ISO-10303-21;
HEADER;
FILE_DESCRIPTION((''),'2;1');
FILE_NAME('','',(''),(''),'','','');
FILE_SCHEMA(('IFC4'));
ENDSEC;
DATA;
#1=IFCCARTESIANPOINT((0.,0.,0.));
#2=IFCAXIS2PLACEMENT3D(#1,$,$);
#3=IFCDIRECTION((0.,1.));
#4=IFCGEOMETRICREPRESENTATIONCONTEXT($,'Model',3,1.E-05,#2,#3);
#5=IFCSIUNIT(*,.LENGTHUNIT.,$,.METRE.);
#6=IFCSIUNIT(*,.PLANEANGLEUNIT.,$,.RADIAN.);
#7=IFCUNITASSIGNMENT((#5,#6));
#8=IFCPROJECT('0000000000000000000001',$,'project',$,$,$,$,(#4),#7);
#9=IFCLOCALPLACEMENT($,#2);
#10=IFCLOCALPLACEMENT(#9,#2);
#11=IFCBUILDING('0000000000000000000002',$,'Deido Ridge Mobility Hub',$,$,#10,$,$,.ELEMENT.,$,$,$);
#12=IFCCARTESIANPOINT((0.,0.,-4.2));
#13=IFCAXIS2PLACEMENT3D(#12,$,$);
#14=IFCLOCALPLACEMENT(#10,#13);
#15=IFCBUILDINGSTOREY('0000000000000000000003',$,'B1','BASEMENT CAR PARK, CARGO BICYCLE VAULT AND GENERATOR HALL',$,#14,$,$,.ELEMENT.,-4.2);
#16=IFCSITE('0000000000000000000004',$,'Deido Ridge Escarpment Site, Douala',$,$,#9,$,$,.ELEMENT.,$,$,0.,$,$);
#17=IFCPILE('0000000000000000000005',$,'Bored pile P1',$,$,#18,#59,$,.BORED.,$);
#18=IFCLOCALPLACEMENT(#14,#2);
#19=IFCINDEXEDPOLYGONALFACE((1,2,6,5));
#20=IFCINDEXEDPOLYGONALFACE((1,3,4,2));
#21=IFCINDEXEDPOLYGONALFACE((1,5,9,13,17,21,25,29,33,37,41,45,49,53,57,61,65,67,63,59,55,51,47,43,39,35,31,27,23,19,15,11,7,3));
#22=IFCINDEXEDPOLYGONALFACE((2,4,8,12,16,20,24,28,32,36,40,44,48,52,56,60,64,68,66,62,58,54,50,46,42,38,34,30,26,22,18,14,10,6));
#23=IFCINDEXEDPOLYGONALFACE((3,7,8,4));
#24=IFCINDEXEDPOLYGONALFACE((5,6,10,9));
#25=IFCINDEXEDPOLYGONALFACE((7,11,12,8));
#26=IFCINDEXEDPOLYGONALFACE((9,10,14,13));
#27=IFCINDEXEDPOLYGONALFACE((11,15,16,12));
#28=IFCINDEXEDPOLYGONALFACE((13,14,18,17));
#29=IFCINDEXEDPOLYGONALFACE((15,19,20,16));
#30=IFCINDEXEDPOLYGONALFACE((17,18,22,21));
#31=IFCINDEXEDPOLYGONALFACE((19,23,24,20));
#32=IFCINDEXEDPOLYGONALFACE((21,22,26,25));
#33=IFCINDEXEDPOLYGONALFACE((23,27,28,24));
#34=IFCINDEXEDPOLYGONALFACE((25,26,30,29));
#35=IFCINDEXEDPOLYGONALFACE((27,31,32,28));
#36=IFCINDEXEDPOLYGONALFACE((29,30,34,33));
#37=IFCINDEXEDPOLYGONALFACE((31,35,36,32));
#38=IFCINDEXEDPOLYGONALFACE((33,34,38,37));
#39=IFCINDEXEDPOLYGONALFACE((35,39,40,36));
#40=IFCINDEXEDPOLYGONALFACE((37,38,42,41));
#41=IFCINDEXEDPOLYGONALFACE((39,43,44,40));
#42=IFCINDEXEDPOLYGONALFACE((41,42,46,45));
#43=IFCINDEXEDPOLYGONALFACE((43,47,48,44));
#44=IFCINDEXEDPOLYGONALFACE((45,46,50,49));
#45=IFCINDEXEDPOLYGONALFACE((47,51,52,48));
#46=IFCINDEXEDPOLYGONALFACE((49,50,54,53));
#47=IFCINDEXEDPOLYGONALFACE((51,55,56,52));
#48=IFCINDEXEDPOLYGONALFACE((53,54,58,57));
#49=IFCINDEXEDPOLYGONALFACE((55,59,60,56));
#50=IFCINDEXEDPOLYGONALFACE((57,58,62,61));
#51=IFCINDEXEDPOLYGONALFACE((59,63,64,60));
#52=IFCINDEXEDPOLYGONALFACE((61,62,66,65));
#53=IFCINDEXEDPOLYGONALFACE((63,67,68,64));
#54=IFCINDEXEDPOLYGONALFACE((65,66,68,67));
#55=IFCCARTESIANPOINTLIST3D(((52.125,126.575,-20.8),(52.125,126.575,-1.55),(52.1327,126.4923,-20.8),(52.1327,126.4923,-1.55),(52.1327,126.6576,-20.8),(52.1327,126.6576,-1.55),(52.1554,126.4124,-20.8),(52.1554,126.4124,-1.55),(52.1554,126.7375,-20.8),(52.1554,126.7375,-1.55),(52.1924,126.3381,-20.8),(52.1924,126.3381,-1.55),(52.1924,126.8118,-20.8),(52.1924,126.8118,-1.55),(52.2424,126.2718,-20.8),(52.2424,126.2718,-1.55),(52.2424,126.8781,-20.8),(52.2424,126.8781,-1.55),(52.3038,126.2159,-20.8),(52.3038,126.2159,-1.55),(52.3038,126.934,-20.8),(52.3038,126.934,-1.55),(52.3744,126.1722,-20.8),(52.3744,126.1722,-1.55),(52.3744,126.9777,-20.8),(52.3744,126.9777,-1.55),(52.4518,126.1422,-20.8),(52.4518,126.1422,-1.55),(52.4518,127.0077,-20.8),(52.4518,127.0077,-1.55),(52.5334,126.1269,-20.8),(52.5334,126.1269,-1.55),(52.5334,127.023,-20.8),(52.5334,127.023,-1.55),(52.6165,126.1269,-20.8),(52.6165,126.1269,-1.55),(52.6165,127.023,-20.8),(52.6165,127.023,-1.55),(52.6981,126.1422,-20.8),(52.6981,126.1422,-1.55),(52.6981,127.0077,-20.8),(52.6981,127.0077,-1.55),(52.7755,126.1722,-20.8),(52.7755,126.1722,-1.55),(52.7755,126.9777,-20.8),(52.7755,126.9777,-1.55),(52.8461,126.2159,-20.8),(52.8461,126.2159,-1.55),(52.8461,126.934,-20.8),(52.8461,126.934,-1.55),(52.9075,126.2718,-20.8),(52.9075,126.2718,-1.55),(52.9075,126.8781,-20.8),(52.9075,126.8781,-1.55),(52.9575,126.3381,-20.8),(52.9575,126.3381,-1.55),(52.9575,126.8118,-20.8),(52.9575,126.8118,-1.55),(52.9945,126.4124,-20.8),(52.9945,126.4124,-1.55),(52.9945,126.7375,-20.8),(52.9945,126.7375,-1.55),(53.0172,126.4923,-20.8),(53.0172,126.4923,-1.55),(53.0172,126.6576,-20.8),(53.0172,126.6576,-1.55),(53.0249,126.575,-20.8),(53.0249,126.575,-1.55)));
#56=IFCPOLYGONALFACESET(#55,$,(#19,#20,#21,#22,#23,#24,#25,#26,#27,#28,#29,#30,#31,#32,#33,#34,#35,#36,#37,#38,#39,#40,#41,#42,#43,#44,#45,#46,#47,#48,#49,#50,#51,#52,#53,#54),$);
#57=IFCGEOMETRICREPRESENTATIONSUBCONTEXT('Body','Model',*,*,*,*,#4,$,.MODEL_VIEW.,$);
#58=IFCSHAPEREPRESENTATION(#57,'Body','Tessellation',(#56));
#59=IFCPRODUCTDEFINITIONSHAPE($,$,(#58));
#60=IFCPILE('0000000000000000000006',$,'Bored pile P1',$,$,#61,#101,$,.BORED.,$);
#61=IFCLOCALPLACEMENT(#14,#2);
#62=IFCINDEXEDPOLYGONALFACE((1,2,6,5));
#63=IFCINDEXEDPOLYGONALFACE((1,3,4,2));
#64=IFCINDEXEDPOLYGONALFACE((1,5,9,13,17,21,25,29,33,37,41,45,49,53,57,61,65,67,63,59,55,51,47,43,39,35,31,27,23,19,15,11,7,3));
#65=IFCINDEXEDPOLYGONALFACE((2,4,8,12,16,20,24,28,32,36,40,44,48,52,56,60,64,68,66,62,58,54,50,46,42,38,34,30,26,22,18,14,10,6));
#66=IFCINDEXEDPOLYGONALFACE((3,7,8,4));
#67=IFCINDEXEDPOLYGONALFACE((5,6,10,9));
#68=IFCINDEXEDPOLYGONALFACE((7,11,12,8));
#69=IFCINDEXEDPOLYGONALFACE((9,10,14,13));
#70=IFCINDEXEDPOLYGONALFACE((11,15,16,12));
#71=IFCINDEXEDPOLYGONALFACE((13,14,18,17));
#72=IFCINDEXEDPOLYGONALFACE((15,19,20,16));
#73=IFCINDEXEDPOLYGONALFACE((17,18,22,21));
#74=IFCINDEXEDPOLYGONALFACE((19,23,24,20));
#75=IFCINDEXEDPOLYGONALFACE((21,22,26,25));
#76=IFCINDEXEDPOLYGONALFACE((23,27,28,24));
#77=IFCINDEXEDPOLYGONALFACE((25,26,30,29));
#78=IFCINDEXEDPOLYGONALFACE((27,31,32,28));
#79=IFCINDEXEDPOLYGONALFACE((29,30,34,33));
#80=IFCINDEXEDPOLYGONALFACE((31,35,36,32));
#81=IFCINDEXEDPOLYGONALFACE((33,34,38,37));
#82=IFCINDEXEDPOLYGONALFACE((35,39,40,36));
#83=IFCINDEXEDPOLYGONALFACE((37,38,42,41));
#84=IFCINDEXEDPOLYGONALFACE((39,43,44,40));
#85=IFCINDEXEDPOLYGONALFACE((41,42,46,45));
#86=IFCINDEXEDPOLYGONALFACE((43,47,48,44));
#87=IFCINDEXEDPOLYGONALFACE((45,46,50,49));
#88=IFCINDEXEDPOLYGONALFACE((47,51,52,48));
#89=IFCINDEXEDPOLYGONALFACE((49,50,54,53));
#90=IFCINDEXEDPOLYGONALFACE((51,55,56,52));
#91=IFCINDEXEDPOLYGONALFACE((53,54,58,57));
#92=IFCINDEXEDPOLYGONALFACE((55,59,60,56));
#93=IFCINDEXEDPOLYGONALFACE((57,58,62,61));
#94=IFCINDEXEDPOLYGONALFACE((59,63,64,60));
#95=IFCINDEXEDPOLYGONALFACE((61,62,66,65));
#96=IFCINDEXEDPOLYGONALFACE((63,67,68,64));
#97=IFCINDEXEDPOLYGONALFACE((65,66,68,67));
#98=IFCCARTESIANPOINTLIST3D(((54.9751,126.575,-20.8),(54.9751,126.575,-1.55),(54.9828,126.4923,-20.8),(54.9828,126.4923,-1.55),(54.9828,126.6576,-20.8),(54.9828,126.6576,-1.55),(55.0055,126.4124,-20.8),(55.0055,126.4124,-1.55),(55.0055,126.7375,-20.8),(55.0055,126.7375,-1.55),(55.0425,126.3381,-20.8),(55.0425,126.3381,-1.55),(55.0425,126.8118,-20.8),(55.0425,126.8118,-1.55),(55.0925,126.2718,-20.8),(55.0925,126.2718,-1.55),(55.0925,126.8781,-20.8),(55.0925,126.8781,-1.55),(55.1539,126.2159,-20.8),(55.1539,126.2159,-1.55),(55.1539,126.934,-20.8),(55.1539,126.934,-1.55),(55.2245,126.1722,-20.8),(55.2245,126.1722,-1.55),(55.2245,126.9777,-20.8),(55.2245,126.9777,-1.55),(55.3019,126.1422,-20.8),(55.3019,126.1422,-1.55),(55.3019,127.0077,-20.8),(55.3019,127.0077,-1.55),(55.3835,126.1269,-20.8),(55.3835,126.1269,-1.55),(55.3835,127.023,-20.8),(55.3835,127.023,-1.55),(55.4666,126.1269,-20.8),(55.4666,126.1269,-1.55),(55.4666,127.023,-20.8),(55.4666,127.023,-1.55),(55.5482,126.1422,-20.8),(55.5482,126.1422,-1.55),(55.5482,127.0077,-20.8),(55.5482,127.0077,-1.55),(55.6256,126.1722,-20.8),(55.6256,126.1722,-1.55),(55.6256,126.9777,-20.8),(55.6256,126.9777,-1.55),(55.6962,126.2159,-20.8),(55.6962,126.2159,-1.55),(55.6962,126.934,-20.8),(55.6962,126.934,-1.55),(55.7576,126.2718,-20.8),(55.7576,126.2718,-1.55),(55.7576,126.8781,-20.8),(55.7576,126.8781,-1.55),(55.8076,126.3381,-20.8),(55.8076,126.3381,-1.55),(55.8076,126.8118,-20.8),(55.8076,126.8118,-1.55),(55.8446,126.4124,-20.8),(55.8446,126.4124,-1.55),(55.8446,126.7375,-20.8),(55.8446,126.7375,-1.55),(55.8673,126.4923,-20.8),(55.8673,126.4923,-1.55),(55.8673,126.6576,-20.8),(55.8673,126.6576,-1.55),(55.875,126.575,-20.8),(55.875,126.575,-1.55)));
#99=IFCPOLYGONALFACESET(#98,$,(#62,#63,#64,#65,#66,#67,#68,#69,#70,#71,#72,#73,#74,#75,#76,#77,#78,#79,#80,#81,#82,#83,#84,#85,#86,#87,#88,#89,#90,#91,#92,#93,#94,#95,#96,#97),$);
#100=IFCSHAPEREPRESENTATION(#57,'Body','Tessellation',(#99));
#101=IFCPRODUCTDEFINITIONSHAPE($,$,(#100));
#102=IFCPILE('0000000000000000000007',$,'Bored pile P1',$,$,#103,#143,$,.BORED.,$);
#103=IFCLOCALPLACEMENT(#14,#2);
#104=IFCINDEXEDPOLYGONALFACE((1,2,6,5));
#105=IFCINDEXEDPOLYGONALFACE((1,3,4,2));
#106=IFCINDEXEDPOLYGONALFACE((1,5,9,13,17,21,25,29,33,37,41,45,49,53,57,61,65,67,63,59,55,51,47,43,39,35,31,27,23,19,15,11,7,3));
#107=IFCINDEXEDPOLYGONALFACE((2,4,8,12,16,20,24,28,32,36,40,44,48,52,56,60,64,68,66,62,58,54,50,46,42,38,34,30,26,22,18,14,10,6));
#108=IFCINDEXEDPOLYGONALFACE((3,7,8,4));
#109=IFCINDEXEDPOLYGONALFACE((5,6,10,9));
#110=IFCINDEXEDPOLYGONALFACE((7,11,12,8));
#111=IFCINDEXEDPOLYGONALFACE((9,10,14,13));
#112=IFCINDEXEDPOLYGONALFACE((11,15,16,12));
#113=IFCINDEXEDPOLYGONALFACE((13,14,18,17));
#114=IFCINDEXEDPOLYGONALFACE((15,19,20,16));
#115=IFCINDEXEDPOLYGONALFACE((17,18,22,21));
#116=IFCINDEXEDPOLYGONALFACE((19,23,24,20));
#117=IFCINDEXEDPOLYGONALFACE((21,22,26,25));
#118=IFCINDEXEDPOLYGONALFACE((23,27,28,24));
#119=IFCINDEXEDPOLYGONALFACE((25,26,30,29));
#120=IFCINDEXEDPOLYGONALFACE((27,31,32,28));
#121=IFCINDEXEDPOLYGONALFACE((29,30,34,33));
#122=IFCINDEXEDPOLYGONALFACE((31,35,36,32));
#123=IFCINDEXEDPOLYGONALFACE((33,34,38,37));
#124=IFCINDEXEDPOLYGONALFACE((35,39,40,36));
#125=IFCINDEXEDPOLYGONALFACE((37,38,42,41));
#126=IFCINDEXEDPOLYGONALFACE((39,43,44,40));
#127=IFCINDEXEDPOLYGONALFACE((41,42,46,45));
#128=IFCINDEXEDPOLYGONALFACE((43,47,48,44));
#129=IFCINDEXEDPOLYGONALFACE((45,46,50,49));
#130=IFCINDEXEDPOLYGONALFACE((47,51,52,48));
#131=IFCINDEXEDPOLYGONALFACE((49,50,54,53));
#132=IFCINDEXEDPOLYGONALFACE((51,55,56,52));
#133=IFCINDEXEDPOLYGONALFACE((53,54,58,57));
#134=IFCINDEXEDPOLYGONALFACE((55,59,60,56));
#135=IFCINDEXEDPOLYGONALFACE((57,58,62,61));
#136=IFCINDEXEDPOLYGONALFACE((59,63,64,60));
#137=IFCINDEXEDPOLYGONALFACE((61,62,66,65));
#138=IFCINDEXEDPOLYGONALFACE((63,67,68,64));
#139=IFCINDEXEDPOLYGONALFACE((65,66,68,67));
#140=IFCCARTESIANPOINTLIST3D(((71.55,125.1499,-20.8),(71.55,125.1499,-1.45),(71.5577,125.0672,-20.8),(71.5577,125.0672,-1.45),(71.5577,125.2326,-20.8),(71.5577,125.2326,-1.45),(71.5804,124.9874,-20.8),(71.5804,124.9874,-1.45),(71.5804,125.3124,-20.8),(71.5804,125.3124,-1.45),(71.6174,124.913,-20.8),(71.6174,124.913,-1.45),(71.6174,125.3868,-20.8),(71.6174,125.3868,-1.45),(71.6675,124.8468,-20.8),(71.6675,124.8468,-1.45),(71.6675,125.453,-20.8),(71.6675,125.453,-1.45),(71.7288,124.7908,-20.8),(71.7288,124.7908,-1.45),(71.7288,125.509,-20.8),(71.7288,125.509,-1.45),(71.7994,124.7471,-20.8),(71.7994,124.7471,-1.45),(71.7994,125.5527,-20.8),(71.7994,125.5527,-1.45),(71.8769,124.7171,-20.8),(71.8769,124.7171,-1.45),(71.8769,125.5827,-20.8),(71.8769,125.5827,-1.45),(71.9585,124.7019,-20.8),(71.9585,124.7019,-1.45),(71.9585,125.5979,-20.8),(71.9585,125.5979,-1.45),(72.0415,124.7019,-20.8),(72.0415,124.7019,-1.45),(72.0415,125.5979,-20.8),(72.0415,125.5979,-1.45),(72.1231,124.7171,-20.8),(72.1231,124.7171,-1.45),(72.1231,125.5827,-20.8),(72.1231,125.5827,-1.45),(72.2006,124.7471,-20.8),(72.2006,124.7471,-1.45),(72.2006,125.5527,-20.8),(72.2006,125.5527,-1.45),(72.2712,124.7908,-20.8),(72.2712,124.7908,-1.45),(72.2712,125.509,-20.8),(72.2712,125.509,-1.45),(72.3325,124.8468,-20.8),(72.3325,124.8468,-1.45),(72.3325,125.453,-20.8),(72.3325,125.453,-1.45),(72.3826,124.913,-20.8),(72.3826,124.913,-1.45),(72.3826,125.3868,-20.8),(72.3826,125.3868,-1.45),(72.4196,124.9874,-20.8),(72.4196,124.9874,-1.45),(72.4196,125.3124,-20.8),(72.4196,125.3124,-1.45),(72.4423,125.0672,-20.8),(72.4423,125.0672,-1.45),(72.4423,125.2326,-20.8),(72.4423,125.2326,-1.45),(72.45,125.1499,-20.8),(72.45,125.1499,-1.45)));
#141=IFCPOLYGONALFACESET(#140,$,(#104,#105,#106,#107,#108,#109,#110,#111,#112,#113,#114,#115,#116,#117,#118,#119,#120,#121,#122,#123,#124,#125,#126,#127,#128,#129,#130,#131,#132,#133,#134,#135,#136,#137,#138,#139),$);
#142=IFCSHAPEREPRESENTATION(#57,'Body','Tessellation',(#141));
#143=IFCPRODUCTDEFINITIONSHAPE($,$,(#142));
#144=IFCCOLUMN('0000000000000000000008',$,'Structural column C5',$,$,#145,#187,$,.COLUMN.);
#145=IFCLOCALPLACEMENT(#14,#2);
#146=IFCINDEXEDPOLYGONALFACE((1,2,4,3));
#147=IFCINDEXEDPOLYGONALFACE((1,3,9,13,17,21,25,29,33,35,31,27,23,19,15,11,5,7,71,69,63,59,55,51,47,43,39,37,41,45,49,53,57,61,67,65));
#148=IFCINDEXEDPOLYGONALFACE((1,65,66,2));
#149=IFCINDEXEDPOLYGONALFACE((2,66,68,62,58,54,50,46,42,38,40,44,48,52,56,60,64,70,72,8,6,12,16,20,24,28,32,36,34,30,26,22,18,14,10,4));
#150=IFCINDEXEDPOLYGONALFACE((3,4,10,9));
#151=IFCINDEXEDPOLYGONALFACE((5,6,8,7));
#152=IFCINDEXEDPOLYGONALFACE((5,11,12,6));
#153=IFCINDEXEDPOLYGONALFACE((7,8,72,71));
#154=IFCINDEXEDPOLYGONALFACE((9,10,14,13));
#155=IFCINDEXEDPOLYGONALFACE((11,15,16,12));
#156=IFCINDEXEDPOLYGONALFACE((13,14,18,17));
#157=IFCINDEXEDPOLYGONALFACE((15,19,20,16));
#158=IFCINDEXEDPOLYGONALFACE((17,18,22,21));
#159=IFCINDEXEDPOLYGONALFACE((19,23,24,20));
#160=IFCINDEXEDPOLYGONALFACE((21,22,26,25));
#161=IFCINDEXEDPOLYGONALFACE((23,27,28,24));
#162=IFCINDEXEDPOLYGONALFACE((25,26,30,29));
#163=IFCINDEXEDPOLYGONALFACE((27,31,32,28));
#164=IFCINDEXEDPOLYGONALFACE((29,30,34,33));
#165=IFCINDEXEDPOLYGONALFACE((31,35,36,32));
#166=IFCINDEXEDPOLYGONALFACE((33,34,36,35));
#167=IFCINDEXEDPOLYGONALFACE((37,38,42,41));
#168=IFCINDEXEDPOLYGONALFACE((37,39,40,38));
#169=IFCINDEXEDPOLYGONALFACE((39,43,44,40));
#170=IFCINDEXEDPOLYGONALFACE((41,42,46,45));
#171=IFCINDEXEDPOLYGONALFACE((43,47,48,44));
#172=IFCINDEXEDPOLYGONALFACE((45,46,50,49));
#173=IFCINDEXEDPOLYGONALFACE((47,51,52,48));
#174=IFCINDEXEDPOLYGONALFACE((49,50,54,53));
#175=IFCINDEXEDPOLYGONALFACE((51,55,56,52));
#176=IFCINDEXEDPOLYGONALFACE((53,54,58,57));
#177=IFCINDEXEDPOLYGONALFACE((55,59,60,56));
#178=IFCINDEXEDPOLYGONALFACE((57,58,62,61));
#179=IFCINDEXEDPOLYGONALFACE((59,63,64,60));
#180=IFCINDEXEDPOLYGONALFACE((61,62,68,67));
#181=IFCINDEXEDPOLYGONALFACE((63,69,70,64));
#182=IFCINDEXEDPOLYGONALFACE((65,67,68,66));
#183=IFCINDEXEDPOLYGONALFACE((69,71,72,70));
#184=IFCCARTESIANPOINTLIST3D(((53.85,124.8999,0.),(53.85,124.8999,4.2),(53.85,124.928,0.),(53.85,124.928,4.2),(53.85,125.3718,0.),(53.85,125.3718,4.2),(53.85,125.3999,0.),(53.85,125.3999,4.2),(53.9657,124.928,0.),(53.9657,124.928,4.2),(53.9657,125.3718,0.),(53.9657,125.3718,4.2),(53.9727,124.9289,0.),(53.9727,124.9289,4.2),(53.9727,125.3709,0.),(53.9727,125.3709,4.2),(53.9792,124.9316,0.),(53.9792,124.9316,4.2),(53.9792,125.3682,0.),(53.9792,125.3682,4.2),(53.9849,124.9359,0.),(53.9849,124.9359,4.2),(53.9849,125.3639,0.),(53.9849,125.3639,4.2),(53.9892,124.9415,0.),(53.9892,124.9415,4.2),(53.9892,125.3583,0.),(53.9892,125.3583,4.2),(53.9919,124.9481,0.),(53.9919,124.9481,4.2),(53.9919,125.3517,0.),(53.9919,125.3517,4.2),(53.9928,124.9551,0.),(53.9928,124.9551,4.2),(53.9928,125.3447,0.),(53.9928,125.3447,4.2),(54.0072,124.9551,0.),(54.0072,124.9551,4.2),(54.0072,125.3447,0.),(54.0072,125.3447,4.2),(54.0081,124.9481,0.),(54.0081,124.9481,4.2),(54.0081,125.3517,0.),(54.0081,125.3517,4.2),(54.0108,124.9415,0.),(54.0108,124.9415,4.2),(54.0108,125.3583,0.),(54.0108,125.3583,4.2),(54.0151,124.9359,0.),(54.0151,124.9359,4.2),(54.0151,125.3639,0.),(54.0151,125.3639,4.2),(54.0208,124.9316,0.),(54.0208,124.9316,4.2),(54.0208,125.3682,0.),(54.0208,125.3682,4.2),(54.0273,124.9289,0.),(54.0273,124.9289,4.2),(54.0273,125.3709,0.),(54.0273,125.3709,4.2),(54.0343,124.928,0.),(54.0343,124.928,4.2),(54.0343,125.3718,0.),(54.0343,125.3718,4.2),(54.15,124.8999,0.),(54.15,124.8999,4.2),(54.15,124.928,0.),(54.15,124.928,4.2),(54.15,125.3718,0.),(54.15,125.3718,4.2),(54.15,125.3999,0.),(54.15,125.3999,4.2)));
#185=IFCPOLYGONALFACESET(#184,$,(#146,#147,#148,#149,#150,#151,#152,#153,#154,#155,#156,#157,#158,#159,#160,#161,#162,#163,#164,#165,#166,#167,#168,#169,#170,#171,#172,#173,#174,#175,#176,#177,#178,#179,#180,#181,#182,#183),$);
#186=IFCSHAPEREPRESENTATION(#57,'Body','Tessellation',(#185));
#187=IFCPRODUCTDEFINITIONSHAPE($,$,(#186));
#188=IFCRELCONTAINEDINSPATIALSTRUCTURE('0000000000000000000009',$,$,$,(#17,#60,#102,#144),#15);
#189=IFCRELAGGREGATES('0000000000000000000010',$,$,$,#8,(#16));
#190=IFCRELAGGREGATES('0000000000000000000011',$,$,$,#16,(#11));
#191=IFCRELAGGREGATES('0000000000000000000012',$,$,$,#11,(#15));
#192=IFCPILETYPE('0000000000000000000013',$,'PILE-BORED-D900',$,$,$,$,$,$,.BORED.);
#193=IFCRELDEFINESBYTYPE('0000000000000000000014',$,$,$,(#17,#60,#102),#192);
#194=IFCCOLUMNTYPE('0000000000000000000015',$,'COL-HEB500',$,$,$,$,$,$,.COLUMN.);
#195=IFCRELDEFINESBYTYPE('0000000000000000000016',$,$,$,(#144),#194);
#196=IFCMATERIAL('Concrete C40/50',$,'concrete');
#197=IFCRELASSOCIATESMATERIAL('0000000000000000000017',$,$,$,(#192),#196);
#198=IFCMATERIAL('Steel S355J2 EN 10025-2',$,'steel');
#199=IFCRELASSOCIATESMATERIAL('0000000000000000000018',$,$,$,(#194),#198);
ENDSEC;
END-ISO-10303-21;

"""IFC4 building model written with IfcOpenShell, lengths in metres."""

from ifc_helpers import new_model, si_unit, direction, frame, origin, origin_2d, place, context, subcontext, project, spatial, circle, i_section, extrude, material, material_profile, profile_set, type_object, element, save


model = new_model("IFC4")

# Units and contexts
model_context = context("Model", 3, precision=1e-05, world=origin(), true_north=direction((0.0, 1.0)))
body_context = subcontext(model_context, "Body", "Model", "MODEL_VIEW")
ifc_project = project(units=[si_unit("LENGTHUNIT", "METRE"), si_unit("PLANEANGLEUNIT", "RADIAN")], contexts=[model_context])

# Site, building, storey
site_placement = place(None, origin())
site = spatial("IfcSite", under=ifc_project, at=site_placement, Name="Deido Ridge Escarpment Site, Douala", CompositionType="ELEMENT", RefElevation=0.0)
building_placement = place(site_placement, origin())
building = spatial("IfcBuilding", under=site, at=building_placement, Name="Deido Ridge Mobility Hub", CompositionType="ELEMENT")
storey_placement = place(building_placement, frame((0.0, 0.0, -4.2)))
storey = spatial("IfcBuildingStorey", under=building, at=storey_placement, Name="B1", Description="BASEMENT CAR PARK, CARGO BICYCLE VAULT AND GENERATOR HALL", CompositionType="ELEMENT", Elevation=-4.2)

# Shared definitions
ifc_material_1 = material(Name="Concrete C40/50", Category="concrete")

# Piles
ifc_material_profile_1 = material_profile(ifc_material_1, circle(Radius=0.45, at=origin_2d()), Name="BORED PILE D900")
ifc_profile_set_1 = profile_set([ifc_material_profile_1], Name="Concrete C40/50")
pile_type_1 = type_object("IfcPileType", Name="PILE-BORED-D900", PredefinedType="BORED", material=ifc_profile_set_1)
for number, where, z_axis, x_axis, name in (
    (1, (52.575, 126.575, -1.55), (0.0, 0.0, -1.0), (1.0, 0.0, 0.0), "Bored pile P1"),
    (2, (55.425, 126.575, -1.55), (0.0, 0.0, -1.0), (1.0, 0.0, 0.0), "Bored pile P1"),
):
    element("IfcPile", number, at=place(storey_placement, frame(where, z_axis=z_axis, x_axis=x_axis)), inside=storey, type_object=pile_type_1, Name=name, PredefinedType="BORED", context=body_context, shape_type="SweptSolid", body=[
        extrude(circle(Radius=0.45, at=origin_2d()), origin(), (0.0, 0.0, 1.0), 19.25),
    ])
pile_1_placement = place(storey_placement, frame((72.0, 125.1499, -1.45), z_axis=(0.0, 0.0, -1.0), x_axis=(1.0, 0.0, 0.0)))
element("IfcPile", 3, at=pile_1_placement, inside=storey, type_object=pile_type_1, Name="Bored pile P1", PredefinedType="BORED", context=body_context, shape_type="SweptSolid", body=[
    extrude(circle(Radius=0.45, at=origin_2d()), origin(), (0.0, 0.0, 1.0), 19.3501),
])

# Column
ifc_material_2 = material(Name="Steel S355J2 EN 10025-2", Category="steel")
ifc_material_profile_2 = material_profile(ifc_material_2, i_section(OverallWidth=0.3, OverallDepth=0.5, WebThickness=0.0144, FlangeThickness=0.0281, FilletRadius=0.0271, at=origin_2d()), Name="HEB 500")
ifc_profile_set_2 = profile_set([ifc_material_profile_2], Name="Steel S355J2 EN 10025-2")
column_type_1 = type_object("IfcColumnType", Name="COL-HEB500", PredefinedType="COLUMN", material=ifc_profile_set_2)
for number, where, z_axis, x_axis, name in (
    (4, (54.0, 125.1499, 0.0), (0.0, 0.0, 1.0), (1.0, 0.0, 0.0), "Structural column C5"),
):
    element("IfcColumn", number, at=place(storey_placement, frame(where, z_axis=z_axis, x_axis=x_axis)), inside=storey, type_object=column_type_1, Name=name, PredefinedType="COLUMN", context=body_context, shape_type="SweptSolid", body=[
        extrude(i_section(OverallWidth=0.3, OverallDepth=0.5, WebThickness=0.0144, FlangeThickness=0.0281, FilletRadius=0.0271, at=origin_2d()), origin(), (0.0, 0.0, 1.0), 4.2),
    ])

save(model, "model.ifc")
